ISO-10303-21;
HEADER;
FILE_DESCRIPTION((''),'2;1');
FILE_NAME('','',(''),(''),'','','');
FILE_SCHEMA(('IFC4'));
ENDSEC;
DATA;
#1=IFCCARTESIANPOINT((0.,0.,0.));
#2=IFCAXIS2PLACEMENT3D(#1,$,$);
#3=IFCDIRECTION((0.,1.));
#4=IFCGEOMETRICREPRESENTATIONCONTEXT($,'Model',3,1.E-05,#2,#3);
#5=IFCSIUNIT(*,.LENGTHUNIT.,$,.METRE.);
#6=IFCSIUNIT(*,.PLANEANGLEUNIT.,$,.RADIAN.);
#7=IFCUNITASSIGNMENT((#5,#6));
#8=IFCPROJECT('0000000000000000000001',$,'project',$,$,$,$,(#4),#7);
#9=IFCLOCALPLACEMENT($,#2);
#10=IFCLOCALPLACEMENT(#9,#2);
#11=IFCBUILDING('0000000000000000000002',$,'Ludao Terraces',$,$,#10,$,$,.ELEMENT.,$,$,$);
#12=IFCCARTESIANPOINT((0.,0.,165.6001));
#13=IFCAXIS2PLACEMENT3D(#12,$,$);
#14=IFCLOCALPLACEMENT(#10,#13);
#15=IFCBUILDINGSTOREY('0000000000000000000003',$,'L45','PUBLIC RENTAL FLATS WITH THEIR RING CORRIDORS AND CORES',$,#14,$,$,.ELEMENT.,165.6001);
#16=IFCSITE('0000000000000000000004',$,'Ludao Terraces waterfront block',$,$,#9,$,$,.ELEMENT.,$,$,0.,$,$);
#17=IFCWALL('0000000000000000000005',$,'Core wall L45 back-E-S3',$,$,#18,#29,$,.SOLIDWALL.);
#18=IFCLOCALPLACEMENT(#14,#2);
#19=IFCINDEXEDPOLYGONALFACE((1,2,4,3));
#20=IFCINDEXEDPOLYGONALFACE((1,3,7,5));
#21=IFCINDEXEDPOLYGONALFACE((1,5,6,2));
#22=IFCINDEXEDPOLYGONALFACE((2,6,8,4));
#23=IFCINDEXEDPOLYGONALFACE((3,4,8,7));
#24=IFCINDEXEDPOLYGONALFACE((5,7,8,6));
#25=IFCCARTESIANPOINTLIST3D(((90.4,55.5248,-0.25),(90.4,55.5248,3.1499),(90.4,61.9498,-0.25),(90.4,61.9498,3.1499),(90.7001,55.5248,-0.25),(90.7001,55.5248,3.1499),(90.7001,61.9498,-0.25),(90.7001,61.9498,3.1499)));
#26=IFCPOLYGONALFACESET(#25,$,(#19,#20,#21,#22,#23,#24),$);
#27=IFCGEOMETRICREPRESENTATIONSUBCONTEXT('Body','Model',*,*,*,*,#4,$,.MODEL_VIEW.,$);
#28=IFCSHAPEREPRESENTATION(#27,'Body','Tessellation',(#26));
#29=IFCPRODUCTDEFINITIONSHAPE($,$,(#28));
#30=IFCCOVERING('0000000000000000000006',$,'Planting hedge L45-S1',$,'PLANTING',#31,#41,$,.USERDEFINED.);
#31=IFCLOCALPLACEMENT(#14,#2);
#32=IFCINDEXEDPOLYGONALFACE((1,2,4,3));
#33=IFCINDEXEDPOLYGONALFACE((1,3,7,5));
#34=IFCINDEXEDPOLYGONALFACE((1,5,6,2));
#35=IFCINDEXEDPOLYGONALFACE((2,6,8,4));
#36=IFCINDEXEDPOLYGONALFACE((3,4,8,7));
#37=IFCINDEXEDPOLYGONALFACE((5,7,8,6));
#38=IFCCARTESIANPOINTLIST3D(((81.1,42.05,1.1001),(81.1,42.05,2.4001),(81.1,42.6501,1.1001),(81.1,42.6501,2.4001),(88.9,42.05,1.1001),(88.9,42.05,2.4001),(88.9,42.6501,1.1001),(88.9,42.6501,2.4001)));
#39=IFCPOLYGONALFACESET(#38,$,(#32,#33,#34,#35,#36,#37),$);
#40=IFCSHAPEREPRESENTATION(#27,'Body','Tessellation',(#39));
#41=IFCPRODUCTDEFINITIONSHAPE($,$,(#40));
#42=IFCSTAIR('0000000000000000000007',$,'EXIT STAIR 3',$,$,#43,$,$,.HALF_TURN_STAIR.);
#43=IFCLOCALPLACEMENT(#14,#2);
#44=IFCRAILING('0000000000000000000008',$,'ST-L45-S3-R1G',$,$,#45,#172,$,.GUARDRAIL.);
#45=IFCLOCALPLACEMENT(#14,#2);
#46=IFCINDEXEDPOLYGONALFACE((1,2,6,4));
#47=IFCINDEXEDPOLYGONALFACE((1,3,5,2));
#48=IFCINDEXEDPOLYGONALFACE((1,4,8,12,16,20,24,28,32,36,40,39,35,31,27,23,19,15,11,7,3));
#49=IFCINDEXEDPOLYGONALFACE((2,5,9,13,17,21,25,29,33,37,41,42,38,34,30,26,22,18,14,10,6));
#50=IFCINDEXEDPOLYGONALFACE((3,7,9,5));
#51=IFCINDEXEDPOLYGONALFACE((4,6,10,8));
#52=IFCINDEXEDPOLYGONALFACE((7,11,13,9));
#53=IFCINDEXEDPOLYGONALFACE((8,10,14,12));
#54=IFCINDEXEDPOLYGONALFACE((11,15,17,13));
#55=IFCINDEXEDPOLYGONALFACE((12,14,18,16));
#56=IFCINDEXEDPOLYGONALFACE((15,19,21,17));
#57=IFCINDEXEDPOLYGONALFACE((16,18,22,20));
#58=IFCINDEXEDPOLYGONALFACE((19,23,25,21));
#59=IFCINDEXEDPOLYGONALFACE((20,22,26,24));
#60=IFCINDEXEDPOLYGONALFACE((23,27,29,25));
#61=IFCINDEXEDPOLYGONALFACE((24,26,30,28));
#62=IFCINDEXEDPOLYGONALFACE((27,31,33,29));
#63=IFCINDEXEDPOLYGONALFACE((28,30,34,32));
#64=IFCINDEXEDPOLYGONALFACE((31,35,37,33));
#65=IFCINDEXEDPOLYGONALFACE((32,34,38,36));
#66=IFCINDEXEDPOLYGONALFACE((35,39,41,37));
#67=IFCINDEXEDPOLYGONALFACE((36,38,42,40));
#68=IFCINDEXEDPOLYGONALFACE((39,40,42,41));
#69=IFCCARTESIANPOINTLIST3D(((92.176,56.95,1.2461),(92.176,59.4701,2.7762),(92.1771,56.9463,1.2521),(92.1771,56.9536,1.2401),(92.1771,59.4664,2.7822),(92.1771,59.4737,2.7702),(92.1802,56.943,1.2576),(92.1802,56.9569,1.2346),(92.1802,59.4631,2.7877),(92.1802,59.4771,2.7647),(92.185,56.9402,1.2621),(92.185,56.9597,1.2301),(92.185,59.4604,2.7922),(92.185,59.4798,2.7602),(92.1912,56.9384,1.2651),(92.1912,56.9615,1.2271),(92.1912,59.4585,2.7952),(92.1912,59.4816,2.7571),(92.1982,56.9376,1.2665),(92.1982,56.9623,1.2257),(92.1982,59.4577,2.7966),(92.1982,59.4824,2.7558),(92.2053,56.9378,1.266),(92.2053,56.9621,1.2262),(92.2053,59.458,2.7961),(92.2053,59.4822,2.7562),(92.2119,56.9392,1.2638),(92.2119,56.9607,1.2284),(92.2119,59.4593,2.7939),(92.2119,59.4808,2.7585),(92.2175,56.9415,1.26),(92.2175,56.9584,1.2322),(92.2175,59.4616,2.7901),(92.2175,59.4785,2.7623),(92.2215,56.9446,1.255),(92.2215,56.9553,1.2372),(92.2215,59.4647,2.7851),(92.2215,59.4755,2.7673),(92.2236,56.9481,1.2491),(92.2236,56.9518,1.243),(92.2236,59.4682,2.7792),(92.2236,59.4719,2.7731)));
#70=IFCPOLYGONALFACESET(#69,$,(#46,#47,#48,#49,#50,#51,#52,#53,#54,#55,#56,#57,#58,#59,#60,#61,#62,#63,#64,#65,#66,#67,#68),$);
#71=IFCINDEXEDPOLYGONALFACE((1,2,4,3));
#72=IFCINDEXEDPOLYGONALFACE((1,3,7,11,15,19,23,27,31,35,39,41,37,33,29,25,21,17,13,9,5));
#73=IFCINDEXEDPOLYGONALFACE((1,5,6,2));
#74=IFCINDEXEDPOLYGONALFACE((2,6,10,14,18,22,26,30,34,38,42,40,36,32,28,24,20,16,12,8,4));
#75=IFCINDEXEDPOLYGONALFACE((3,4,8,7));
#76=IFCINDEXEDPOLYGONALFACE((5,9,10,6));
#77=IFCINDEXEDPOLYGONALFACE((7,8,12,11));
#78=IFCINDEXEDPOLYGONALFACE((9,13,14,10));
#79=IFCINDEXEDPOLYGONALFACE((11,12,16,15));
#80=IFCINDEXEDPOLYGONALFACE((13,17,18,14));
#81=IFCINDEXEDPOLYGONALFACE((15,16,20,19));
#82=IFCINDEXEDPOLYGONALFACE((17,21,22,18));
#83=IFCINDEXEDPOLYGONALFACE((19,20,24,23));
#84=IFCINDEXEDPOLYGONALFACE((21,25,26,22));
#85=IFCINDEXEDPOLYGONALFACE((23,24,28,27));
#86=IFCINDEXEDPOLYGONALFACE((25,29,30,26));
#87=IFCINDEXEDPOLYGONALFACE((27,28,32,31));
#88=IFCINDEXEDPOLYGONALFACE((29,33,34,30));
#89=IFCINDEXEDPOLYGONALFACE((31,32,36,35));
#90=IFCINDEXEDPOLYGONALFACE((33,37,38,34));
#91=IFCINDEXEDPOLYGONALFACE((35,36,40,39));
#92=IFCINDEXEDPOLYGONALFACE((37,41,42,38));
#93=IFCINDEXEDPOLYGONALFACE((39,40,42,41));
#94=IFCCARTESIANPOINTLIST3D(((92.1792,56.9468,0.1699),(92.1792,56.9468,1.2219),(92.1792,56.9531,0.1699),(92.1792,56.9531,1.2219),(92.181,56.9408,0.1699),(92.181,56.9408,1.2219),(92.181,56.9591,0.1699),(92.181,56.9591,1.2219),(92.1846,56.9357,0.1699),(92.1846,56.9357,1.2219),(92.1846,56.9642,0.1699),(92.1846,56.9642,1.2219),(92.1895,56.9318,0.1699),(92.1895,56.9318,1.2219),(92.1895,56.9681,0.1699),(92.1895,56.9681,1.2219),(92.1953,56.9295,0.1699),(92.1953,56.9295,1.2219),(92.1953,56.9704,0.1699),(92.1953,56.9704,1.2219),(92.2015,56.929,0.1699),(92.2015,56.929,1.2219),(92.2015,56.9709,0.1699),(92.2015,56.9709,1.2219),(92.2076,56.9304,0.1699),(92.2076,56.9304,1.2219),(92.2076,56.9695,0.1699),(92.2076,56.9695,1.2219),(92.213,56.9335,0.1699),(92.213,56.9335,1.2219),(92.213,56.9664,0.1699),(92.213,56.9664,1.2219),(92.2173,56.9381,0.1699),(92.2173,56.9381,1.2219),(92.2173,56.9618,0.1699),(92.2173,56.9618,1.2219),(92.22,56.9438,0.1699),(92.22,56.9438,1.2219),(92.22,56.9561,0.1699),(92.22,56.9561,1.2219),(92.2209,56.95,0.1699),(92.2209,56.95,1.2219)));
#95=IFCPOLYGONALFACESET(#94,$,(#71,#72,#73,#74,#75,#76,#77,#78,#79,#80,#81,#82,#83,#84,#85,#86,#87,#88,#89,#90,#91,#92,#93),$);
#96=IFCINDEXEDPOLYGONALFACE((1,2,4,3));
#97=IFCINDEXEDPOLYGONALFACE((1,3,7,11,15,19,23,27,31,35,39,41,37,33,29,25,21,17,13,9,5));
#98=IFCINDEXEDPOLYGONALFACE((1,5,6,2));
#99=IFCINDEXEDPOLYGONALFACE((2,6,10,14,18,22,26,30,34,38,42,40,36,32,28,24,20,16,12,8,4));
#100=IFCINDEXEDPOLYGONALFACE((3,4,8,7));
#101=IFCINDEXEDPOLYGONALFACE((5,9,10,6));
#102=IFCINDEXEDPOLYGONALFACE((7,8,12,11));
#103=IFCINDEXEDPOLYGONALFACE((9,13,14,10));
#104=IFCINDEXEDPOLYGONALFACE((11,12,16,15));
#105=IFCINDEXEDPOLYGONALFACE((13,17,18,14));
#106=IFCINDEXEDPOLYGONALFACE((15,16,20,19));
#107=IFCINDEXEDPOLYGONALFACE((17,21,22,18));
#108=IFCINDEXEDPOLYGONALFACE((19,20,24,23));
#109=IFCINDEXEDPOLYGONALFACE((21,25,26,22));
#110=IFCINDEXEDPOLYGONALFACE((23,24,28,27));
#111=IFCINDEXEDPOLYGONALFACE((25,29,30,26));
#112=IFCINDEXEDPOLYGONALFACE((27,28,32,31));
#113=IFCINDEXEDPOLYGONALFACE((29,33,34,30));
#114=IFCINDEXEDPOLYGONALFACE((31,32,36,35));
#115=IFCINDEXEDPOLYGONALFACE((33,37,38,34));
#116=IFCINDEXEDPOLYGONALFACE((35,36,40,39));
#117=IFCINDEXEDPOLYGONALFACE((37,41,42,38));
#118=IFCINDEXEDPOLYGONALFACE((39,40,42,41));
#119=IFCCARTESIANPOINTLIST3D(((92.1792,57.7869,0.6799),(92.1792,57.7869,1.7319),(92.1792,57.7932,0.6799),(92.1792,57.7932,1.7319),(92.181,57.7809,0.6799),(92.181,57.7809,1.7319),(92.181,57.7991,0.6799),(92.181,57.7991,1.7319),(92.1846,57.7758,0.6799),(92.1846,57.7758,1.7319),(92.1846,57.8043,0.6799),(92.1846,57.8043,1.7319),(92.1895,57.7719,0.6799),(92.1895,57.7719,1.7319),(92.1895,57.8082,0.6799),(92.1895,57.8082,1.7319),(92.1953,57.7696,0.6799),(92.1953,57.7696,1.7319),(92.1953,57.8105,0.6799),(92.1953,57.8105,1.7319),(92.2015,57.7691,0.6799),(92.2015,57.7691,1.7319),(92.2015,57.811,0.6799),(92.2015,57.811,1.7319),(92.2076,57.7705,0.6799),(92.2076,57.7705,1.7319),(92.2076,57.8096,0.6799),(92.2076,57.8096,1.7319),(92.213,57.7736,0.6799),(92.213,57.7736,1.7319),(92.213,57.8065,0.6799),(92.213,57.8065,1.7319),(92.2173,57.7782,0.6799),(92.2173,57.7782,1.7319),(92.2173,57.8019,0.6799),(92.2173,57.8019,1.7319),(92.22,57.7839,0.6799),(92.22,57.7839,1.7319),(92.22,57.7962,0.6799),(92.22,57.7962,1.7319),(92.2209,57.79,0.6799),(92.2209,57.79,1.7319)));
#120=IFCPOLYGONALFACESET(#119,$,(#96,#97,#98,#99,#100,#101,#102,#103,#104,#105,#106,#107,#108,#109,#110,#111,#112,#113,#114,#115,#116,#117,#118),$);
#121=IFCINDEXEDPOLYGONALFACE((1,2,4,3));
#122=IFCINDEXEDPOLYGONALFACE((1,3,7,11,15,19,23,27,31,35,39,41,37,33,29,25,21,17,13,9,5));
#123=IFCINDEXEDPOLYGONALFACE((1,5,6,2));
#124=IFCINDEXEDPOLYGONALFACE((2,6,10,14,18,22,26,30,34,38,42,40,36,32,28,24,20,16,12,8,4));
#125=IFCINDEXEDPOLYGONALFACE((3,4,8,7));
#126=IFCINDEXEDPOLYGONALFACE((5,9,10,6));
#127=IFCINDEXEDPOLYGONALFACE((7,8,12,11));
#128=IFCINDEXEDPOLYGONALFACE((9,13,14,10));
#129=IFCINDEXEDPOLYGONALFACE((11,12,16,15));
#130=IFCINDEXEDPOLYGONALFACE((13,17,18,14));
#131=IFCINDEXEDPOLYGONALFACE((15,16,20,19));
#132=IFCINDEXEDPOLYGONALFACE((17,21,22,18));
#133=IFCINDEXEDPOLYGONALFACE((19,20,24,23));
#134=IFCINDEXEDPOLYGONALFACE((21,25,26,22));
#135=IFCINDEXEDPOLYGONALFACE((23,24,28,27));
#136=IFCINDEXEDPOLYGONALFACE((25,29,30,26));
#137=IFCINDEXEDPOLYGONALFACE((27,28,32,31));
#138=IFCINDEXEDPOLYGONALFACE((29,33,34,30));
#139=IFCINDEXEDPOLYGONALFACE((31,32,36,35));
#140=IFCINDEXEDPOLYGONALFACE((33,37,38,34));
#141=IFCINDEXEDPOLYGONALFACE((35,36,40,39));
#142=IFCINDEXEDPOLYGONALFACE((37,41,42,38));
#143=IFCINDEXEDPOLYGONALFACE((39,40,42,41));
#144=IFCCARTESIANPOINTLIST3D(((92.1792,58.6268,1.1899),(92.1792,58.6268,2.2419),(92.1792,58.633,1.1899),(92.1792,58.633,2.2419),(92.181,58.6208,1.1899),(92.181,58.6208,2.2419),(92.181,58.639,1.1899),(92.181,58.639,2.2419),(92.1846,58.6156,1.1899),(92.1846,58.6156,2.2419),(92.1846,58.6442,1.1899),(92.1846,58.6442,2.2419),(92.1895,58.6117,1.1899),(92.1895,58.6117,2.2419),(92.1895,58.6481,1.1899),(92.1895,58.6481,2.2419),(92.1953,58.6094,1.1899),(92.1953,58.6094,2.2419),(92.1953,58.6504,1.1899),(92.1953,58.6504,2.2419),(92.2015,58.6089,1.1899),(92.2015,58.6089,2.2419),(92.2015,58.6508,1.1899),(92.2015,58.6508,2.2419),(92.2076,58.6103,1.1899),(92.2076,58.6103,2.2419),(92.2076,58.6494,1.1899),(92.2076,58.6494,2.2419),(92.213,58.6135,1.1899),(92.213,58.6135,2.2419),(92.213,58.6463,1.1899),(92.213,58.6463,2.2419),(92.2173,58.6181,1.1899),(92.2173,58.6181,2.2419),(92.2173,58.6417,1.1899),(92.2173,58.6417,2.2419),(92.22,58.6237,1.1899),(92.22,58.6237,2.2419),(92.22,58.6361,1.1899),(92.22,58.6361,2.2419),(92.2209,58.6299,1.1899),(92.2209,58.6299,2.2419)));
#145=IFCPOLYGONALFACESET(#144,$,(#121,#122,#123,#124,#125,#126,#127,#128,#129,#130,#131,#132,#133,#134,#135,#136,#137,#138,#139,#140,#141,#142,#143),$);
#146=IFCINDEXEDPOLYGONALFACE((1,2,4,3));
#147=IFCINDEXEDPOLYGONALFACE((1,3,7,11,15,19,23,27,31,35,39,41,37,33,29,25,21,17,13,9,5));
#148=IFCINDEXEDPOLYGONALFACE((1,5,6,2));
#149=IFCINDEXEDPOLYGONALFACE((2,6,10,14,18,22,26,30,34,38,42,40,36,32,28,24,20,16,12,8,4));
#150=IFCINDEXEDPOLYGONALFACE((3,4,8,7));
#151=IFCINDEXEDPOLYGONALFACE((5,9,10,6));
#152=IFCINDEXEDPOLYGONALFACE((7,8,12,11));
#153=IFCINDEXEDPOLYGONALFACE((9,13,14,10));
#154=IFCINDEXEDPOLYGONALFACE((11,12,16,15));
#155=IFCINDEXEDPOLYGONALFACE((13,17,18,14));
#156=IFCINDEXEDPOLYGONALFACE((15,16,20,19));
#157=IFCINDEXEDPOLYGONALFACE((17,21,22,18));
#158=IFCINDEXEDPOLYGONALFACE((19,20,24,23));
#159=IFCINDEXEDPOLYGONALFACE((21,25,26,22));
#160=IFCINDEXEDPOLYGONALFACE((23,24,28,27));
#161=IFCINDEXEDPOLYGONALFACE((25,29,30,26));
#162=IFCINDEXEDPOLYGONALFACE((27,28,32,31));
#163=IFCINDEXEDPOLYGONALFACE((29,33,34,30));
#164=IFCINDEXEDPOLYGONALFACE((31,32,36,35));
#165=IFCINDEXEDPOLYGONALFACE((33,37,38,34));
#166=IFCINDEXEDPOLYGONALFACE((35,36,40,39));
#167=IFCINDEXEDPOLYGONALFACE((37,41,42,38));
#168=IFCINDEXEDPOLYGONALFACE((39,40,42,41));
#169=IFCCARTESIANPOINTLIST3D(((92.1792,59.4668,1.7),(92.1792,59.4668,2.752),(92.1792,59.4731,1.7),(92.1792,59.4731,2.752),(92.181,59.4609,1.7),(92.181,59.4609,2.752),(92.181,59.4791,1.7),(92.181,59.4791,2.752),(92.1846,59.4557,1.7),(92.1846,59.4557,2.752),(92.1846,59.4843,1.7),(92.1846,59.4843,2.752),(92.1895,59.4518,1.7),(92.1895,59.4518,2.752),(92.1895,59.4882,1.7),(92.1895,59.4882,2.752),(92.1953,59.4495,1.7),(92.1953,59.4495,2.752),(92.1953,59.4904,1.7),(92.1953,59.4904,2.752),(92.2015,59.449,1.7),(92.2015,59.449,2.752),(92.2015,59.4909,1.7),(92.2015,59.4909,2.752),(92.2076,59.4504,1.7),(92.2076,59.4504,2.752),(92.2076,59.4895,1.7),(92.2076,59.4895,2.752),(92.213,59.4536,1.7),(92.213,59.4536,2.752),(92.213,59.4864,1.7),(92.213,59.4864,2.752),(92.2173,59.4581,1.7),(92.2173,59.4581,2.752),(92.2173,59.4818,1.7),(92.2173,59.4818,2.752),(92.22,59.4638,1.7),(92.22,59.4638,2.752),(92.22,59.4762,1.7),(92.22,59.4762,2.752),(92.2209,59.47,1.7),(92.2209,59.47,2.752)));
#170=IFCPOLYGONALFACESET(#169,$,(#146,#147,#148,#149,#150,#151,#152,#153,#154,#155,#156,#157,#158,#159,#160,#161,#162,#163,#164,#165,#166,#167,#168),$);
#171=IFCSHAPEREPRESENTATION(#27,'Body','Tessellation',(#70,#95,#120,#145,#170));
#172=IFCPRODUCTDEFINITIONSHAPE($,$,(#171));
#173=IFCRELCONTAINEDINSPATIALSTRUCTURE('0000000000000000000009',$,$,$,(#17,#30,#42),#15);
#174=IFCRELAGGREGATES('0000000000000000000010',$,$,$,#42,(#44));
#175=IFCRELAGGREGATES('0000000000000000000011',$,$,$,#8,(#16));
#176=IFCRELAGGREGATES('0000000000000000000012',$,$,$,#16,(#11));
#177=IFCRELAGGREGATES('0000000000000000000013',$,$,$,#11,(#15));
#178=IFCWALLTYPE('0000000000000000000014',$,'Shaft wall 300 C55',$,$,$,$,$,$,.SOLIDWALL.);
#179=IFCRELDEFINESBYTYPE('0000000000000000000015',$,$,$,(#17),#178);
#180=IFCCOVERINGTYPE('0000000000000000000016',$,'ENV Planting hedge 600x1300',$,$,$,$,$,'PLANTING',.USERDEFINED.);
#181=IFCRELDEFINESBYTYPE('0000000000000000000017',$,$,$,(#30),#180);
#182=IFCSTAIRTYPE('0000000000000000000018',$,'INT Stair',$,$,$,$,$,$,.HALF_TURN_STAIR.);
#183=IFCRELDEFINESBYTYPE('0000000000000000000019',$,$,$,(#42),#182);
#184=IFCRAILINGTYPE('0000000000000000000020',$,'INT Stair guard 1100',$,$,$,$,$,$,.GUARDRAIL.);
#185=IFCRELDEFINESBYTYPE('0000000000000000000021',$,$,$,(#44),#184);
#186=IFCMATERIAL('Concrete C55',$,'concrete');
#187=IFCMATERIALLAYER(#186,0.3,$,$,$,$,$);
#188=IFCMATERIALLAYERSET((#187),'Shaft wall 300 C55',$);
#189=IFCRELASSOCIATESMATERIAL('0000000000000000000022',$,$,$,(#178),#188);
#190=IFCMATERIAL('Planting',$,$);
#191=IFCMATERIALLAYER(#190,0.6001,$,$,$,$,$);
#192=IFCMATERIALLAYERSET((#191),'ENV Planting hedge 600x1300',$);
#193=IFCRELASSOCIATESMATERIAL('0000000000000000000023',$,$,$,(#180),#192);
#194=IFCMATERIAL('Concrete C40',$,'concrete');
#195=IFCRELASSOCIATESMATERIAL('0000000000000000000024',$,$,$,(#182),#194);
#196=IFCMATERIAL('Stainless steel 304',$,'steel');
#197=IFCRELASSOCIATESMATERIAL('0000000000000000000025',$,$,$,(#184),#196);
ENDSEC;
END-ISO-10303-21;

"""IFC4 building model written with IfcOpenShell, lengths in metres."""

from ifc_helpers import new_model, si_unit, direction, frame, frame_2d, origin, origin_2d, place, context, subcontext, project, spatial, rectangle, circle, extrude, material, layer, layer_set, type_object, element, aggregate, save


model = new_model("IFC4")

# Units and contexts
model_context = context("Model", 3, precision=1e-05, world=origin(), true_north=direction((0.0, 1.0)))
body_context = subcontext(model_context, "Body", "Model", "MODEL_VIEW")
ifc_project = project(units=[si_unit("LENGTHUNIT", "METRE"), si_unit("PLANEANGLEUNIT", "RADIAN")], contexts=[model_context])

# Site, building, storey
site_placement = place(None, origin())
site = spatial("IfcSite", under=ifc_project, at=site_placement, Name="Ludao Terraces waterfront block", CompositionType="ELEMENT", RefElevation=0.0)
building_placement = place(site_placement, origin())
building = spatial("IfcBuilding", under=site, at=building_placement, Name="Ludao Terraces", CompositionType="ELEMENT")
storey_placement = place(building_placement, frame((0.0, 0.0, 165.6001)))
storey = spatial("IfcBuildingStorey", under=building, at=storey_placement, Name="L45", Description="PUBLIC RENTAL FLATS WITH THEIR RING CORRIDORS AND CORES", CompositionType="ELEMENT", Elevation=165.6001)

# Shared definitions
ifc_material_1 = material(Name="Concrete C40", Category="concrete")

# Wall
ifc_material_2 = material(Name="Concrete C55", Category="concrete")
ifc_layer_1 = layer(ifc_material_2, 0.3)
ifc_layer_set_1 = layer_set([ifc_layer_1], Name="Shaft wall 300 C55")
wall_type_1 = type_object("IfcWallType", Name="Shaft wall 300 C55", PredefinedType="SOLIDWALL", material=ifc_layer_set_1)
wall_1_placement = place(storey_placement, frame((90.55, 55.5249, -0.25), z_axis=(0.0, 0.0, 1.0), x_axis=(0.0, 1.0, 0.0)))
element("IfcWall", 1, at=wall_1_placement, inside=storey, type_object=wall_type_1, Name="Core wall L45 back-E-S3", PredefinedType="SOLIDWALL", context=body_context, shape_type="SweptSolid", body=[
    extrude(rectangle(XDim=6.425, YDim=0.3, at=frame_2d((3.2124, 0.0))), origin(), (0.0, 0.0, 1.0), 3.3999),
])

# Covering
ifc_material_3 = material(Name="Planting")
ifc_layer_2 = layer(ifc_material_3, 0.6001)
ifc_layer_set_2 = layer_set([ifc_layer_2], Name="ENV Planting hedge 600x1300")
covering_type = type_object("IfcCoveringType", Name="ENV Planting hedge 600x1300", ElementType="PLANTING", PredefinedType="USERDEFINED", material=ifc_layer_set_2)
covering_placement = place(storey_placement, frame((85.0, 42.3501, 1.1001), z_axis=(0.0, 0.0, 1.0), x_axis=(1.0, 0.0, 0.0)))
element("IfcCovering", 2, at=covering_placement, inside=storey, type_object=covering_type, Name="Planting hedge L45-S1", ObjectType="PLANTING", PredefinedType="USERDEFINED", context=body_context, shape_type="SweptSolid", body=[
    extrude(rectangle(XDim=7.8, YDim=0.6001, at=origin_2d()), origin(), (0.0, 0.0, 1.0), 1.3),
])

# Stair, railing
stair_type = type_object("IfcStairType", Name="INT Stair", PredefinedType="HALF_TURN_STAIR", material=ifc_material_1)
stair_placement = place(storey_placement, origin())
stair = element("IfcStair", 3, at=stair_placement, inside=storey, type_object=stair_type, Name="EXIT STAIR 3", PredefinedType="HALF_TURN_STAIR")
ifc_material_4 = material(Name="Stainless steel 304", Category="steel")
railing_type_1 = type_object("IfcRailingType", Name="INT Stair guard 1100", PredefinedType="GUARDRAIL", material=ifc_material_4)
railing_1_placement = place(storey_placement, frame((92.2, 56.95, 0.1699)))
railing_1 = element("IfcRailing", 4, at=railing_1_placement, type_object=railing_type_1, Name="ST-L45-S3-R1G", PredefinedType="GUARDRAIL", context=body_context, shape_type="SweptSolid", body=[
    extrude(circle(Radius=0.0239, at=origin_2d()), frame((0.0, 0.0, 1.0762), z_axis=(0.0, 0.854785, 0.518982), x_axis=(-1.0, 0.0, 0.0)), (0.0, 0.0, 1.0), 2.9482),
    extrude(circle(Radius=0.021, at=origin_2d()), origin(), (0.0, 0.0, 1.0), 1.052),
    extrude(circle(Radius=0.021, at=origin_2d()), frame((0.0, 0.8401, 0.51)), (0.0, 0.0, 1.0), 1.052),
    extrude(circle(Radius=0.021, at=origin_2d()), frame((0.0, 1.6799, 1.02)), (0.0, 0.0, 1.0), 1.052),
    extrude(circle(Radius=0.021, at=origin_2d()), frame((0.0, 2.52, 1.53)), (0.0, 0.0, 1.0), 1.052),
])
aggregate(stair, [railing_1])

save(model, "model.ifc")
